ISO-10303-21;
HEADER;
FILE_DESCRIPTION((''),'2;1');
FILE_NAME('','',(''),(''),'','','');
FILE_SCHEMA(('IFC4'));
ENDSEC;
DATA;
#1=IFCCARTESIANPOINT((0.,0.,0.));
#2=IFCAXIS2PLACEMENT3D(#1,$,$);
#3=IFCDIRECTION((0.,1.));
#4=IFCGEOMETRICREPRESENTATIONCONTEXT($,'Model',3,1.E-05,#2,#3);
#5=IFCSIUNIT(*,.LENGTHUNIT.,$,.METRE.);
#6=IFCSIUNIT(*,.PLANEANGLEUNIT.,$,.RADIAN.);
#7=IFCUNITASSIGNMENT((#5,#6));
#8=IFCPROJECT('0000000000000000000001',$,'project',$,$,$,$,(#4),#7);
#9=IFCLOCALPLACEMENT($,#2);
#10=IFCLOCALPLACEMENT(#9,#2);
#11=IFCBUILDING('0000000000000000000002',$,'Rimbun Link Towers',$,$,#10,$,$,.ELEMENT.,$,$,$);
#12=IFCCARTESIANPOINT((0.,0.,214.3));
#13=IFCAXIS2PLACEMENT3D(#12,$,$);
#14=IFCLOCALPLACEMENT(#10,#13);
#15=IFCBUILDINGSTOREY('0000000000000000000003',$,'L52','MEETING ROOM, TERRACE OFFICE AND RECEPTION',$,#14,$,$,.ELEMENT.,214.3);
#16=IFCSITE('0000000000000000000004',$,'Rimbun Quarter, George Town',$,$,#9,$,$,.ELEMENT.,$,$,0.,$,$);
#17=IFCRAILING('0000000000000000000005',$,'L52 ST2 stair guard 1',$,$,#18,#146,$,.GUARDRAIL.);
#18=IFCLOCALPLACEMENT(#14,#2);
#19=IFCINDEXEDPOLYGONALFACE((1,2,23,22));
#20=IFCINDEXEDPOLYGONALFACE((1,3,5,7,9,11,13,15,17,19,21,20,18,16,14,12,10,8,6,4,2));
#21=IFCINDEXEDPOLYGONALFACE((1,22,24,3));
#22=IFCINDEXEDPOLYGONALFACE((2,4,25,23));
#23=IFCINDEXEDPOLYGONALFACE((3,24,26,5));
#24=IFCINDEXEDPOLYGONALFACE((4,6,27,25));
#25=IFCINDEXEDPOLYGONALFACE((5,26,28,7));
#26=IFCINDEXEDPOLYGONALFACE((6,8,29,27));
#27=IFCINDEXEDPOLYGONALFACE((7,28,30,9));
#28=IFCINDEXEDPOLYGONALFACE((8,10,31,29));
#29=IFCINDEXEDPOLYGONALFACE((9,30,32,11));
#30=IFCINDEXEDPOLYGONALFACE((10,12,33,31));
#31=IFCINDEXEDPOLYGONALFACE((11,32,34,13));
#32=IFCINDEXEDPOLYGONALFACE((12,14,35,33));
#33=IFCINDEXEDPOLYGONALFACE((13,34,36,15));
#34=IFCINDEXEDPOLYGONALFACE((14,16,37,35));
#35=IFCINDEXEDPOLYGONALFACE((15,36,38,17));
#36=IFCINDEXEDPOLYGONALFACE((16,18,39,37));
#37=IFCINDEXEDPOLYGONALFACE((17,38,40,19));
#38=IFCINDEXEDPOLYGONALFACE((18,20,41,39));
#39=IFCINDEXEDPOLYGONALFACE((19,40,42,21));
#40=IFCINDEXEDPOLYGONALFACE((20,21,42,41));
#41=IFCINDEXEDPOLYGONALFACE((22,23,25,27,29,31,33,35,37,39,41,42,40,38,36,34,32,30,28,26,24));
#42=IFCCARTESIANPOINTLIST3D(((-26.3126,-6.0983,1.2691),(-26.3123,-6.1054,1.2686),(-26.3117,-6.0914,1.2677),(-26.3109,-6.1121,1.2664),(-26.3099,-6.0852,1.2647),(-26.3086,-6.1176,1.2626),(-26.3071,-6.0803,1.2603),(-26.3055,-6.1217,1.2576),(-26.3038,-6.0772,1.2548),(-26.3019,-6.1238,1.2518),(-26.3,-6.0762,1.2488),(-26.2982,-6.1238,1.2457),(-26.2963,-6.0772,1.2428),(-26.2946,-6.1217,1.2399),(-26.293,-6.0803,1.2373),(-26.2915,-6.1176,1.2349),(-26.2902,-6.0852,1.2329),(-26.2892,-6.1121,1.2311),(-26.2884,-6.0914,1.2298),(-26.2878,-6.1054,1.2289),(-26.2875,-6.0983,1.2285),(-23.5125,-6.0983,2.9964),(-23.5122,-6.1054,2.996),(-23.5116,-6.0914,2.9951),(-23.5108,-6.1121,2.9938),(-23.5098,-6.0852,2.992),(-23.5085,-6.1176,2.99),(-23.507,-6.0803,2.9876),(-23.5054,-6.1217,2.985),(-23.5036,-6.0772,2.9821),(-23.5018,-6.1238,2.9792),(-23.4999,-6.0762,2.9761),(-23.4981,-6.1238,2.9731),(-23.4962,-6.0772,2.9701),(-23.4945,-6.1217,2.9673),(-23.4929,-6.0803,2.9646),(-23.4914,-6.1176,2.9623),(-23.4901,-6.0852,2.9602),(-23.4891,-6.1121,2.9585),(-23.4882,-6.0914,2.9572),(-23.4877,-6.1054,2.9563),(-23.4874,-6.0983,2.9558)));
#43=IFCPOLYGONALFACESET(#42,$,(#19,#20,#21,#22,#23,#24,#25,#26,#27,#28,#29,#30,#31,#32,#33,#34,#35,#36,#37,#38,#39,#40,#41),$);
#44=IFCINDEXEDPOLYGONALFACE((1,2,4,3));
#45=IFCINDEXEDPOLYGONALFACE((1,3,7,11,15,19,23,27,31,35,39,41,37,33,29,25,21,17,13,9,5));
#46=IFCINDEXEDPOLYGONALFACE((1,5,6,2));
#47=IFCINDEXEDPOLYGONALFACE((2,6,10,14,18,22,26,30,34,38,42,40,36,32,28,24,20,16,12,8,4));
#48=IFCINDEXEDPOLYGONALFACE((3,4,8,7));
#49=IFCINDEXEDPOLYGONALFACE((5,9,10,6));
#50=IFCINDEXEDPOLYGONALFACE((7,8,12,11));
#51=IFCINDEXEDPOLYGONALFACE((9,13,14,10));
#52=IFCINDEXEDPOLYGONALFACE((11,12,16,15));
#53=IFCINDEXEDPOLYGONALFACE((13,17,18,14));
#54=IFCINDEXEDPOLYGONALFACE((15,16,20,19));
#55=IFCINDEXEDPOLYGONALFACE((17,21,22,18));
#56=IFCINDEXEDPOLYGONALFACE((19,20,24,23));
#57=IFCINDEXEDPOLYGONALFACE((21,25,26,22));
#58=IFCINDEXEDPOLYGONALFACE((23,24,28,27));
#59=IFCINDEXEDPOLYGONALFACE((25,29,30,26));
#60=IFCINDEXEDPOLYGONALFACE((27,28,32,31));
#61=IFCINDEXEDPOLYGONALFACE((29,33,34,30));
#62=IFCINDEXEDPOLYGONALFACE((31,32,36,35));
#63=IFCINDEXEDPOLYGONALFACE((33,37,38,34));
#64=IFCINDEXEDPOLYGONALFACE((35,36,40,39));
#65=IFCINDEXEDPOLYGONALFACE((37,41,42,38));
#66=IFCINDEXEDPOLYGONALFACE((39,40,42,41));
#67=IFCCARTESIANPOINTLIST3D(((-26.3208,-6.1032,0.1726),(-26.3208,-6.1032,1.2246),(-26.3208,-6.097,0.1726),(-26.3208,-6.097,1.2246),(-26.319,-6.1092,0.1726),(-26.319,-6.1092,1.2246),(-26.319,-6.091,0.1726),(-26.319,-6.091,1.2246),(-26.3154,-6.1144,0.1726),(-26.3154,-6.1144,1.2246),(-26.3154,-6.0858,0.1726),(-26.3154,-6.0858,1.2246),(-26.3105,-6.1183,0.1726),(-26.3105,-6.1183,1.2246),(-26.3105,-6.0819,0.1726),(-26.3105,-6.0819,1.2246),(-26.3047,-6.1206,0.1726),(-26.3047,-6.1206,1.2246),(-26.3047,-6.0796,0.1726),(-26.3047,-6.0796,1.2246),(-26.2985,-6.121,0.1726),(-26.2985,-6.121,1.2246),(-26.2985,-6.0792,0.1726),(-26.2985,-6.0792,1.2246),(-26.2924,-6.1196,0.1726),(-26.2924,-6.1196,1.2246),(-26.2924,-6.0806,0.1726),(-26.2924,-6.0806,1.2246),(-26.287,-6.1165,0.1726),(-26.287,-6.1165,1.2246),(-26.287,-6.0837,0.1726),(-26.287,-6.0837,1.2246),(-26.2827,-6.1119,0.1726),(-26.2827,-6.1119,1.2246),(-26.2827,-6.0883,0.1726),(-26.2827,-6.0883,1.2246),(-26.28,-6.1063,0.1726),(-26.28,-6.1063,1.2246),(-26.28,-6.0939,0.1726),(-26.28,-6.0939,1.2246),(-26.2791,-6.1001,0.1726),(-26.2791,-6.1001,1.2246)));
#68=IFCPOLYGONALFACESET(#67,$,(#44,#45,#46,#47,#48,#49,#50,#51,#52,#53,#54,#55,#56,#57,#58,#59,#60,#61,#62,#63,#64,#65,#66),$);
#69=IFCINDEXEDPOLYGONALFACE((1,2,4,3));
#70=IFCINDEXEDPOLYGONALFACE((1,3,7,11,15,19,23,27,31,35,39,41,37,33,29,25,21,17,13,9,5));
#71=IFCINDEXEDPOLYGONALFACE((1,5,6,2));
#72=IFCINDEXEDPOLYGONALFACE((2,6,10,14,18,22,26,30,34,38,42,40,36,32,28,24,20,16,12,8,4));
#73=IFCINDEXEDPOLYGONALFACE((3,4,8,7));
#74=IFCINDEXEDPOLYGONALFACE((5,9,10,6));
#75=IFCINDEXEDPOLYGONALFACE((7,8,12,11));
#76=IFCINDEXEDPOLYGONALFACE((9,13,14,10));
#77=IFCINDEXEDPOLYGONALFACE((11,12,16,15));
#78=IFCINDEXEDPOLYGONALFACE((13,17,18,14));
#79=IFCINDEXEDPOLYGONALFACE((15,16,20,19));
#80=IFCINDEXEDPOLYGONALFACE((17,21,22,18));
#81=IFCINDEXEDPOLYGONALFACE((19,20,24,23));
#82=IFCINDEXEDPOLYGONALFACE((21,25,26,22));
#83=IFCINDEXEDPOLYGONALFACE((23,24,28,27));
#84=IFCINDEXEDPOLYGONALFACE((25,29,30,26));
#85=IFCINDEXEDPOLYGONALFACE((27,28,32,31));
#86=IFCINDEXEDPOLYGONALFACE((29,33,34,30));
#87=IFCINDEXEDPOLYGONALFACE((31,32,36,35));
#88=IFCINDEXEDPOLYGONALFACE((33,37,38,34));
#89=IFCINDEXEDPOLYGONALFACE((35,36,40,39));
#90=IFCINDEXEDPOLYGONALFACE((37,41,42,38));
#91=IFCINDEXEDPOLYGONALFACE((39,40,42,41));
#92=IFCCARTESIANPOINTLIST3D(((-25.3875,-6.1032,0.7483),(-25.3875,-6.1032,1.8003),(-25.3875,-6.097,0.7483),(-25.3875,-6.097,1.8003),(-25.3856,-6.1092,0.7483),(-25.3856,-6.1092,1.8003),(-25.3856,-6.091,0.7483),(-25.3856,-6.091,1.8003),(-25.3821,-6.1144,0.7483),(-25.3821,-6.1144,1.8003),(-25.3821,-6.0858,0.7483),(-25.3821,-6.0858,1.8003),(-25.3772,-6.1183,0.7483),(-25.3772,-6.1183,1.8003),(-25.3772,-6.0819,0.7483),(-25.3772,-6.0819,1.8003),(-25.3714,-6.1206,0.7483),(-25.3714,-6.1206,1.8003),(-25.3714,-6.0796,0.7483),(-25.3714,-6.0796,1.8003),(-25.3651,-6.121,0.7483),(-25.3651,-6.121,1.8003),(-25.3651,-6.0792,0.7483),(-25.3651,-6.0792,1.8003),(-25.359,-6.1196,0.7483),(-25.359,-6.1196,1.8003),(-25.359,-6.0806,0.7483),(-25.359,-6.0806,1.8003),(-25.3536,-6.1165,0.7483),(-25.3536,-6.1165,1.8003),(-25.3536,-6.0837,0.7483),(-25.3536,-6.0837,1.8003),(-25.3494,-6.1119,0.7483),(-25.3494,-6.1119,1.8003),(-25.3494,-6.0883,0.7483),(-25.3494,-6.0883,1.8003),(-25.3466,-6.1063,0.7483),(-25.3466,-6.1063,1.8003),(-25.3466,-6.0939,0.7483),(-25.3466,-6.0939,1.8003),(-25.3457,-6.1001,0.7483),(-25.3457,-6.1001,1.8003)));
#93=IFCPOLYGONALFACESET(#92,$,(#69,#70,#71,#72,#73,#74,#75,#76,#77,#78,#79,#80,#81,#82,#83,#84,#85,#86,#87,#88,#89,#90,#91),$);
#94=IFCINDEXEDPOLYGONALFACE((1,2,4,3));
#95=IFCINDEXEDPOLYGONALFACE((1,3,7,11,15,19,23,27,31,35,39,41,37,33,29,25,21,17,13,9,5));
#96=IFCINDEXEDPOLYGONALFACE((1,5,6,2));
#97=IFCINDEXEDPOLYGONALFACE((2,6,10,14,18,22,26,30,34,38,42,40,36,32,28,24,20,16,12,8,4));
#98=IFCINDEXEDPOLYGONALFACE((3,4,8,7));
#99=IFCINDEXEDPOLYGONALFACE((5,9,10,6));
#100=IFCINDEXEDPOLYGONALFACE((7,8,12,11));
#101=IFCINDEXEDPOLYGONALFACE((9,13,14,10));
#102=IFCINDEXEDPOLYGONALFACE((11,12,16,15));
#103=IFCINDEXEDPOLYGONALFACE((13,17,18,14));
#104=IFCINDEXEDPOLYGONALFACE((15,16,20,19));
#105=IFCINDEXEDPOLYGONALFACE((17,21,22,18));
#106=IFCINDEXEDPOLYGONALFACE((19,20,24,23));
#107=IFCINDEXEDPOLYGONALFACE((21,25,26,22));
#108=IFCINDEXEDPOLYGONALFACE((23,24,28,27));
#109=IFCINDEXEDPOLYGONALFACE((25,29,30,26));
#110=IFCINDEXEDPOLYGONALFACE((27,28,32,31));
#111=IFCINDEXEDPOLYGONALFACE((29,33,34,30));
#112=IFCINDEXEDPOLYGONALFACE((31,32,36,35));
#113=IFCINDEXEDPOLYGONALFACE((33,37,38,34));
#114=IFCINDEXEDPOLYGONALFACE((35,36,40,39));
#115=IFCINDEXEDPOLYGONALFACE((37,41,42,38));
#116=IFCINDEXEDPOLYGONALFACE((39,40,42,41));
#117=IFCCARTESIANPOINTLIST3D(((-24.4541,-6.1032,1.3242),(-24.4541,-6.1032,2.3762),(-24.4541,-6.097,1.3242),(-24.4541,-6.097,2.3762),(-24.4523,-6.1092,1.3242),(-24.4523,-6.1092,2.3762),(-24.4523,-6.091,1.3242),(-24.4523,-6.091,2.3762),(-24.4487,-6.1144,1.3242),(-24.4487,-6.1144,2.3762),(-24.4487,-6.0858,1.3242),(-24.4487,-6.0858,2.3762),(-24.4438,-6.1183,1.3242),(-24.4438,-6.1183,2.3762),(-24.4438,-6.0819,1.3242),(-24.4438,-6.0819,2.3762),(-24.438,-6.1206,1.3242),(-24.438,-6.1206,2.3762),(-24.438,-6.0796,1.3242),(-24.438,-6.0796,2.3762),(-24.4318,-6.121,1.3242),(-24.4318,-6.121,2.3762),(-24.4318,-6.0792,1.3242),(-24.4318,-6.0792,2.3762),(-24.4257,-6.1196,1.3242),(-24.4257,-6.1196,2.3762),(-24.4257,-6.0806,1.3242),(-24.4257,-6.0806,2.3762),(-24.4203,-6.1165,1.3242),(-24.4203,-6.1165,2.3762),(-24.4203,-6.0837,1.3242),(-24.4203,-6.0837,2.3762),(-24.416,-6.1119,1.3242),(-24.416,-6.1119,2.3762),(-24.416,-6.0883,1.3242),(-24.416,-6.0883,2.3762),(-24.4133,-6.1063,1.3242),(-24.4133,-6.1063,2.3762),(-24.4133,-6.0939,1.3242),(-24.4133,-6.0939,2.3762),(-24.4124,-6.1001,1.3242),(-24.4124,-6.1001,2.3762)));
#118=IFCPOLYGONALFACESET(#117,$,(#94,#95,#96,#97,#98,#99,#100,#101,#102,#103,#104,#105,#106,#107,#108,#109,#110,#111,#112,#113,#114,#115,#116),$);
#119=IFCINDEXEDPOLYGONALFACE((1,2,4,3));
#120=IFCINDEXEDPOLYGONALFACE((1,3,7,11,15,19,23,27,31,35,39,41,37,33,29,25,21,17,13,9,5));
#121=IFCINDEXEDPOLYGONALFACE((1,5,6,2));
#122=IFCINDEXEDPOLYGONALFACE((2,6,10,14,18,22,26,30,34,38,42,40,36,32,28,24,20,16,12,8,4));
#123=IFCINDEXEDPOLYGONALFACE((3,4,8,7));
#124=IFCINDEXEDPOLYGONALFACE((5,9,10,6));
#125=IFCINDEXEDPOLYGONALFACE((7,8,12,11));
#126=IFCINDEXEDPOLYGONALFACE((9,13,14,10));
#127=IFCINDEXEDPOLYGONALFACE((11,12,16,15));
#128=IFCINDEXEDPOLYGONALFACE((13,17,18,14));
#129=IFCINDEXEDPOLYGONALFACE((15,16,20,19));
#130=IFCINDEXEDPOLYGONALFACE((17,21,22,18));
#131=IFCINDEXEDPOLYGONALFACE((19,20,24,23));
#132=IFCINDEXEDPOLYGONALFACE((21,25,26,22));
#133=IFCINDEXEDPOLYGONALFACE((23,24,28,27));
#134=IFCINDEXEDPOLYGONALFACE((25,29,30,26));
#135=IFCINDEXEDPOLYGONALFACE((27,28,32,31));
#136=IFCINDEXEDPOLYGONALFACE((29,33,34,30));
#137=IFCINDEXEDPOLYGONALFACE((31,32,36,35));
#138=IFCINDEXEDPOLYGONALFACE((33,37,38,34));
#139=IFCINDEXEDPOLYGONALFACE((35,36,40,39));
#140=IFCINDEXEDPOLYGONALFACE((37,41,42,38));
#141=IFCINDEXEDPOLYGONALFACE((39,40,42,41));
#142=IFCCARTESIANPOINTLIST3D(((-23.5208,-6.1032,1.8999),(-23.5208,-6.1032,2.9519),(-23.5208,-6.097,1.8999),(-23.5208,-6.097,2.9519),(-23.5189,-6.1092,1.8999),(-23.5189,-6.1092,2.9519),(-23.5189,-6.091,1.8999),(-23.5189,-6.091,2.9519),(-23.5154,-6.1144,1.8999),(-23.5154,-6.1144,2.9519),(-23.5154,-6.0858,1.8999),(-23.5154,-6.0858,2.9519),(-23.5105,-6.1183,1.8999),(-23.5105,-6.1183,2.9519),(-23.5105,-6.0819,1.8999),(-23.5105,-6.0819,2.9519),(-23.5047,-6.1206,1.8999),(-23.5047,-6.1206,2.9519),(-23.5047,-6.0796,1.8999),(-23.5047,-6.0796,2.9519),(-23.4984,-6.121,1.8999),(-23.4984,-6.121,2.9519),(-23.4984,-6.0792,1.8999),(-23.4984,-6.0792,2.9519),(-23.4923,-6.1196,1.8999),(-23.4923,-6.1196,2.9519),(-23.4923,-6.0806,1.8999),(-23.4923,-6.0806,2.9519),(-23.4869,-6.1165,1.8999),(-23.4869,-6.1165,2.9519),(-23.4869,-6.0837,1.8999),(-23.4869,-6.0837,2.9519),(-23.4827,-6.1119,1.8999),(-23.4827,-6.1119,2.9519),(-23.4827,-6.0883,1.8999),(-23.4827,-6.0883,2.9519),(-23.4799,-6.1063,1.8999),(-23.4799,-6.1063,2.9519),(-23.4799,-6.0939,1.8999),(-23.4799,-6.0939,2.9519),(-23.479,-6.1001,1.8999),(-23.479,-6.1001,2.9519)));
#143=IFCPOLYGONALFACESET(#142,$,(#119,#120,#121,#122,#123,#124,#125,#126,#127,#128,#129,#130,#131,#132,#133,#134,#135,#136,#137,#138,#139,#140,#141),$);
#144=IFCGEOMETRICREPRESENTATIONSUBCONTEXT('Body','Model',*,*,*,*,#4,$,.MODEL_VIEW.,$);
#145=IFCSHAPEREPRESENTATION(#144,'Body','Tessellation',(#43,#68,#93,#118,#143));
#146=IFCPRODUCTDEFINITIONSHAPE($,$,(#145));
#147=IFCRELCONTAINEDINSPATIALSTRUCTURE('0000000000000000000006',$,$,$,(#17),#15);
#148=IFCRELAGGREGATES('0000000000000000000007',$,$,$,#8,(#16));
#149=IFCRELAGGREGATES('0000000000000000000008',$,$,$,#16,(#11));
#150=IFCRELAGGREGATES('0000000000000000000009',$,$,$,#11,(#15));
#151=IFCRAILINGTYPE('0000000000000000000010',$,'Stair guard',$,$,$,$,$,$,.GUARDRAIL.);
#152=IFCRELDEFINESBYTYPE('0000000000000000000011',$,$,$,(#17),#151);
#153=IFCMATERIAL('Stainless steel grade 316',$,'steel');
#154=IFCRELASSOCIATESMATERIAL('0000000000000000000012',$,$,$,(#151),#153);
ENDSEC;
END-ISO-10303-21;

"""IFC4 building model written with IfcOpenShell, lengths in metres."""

from ifc_helpers import new_model, si_unit, direction, frame, origin, origin_2d, place, context, subcontext, project, spatial, circle, extrude, material, type_object, element, save


model = new_model("IFC4")

# Units and contexts
model_context = context("Model", 3, precision=1e-05, world=origin(), true_north=direction((0.0, 1.0)))
body_context = subcontext(model_context, "Body", "Model", "MODEL_VIEW")
ifc_project = project(units=[si_unit("LENGTHUNIT", "METRE"), si_unit("PLANEANGLEUNIT", "RADIAN")], contexts=[model_context])

# Site, building, storey
site_placement = place(None, origin())
site = spatial("IfcSite", under=ifc_project, at=site_placement, Name="Rimbun Quarter, George Town", CompositionType="ELEMENT", RefElevation=0.0)
building_placement = place(site_placement, origin())
building = spatial("IfcBuilding", under=site, at=building_placement, Name="Rimbun Link Towers", CompositionType="ELEMENT")
storey_placement = place(building_placement, frame((0.0, 0.0, 214.3)))
storey = spatial("IfcBuildingStorey", under=building, at=storey_placement, Name="L52", Description="MEETING ROOM, TERRACE OFFICE AND RECEPTION", CompositionType="ELEMENT", Elevation=214.3)

# Railing
ifc_material_1 = material(Name="Stainless steel grade 316", Category="steel")
railing_type_1 = type_object("IfcRailingType", Name="Stair guard", PredefinedType="GUARDRAIL", material=ifc_material_1)
railing_1_placement = place(storey_placement, frame((-26.3, -6.1001, 0.1726)))
element("IfcRailing", 1, at=railing_1_placement, inside=storey, type_object=railing_type_1, Name="L52 ST2 stair guard 1", PredefinedType="GUARDRAIL", context=body_context, shape_type="SweptSolid", body=[
    extrude(circle(Radius=0.0239, at=origin_2d()), frame((0.0, 0.0, 1.0762), z_axis=(0.85109, 0.0, 0.52502), x_axis=(0.0, 1.0, 0.0)), (0.0, 0.0, 1.0), 3.29),
    extrude(circle(Radius=0.021, at=origin_2d()), origin(), (0.0, 0.0, 1.0), 1.052),
    extrude(circle(Radius=0.021, at=origin_2d()), frame((0.9333, 0.0, 0.5757)), (0.0, 0.0, 1.0), 1.052),
    extrude(circle(Radius=0.021, at=origin_2d()), frame((1.8667, 0.0, 1.1516)), (0.0, 0.0, 1.0), 1.052),
    extrude(circle(Radius=0.021, at=origin_2d()), frame((2.8, 0.0, 1.7273)), (0.0, 0.0, 1.0), 1.052),
])

save(model, "model.ifc")
